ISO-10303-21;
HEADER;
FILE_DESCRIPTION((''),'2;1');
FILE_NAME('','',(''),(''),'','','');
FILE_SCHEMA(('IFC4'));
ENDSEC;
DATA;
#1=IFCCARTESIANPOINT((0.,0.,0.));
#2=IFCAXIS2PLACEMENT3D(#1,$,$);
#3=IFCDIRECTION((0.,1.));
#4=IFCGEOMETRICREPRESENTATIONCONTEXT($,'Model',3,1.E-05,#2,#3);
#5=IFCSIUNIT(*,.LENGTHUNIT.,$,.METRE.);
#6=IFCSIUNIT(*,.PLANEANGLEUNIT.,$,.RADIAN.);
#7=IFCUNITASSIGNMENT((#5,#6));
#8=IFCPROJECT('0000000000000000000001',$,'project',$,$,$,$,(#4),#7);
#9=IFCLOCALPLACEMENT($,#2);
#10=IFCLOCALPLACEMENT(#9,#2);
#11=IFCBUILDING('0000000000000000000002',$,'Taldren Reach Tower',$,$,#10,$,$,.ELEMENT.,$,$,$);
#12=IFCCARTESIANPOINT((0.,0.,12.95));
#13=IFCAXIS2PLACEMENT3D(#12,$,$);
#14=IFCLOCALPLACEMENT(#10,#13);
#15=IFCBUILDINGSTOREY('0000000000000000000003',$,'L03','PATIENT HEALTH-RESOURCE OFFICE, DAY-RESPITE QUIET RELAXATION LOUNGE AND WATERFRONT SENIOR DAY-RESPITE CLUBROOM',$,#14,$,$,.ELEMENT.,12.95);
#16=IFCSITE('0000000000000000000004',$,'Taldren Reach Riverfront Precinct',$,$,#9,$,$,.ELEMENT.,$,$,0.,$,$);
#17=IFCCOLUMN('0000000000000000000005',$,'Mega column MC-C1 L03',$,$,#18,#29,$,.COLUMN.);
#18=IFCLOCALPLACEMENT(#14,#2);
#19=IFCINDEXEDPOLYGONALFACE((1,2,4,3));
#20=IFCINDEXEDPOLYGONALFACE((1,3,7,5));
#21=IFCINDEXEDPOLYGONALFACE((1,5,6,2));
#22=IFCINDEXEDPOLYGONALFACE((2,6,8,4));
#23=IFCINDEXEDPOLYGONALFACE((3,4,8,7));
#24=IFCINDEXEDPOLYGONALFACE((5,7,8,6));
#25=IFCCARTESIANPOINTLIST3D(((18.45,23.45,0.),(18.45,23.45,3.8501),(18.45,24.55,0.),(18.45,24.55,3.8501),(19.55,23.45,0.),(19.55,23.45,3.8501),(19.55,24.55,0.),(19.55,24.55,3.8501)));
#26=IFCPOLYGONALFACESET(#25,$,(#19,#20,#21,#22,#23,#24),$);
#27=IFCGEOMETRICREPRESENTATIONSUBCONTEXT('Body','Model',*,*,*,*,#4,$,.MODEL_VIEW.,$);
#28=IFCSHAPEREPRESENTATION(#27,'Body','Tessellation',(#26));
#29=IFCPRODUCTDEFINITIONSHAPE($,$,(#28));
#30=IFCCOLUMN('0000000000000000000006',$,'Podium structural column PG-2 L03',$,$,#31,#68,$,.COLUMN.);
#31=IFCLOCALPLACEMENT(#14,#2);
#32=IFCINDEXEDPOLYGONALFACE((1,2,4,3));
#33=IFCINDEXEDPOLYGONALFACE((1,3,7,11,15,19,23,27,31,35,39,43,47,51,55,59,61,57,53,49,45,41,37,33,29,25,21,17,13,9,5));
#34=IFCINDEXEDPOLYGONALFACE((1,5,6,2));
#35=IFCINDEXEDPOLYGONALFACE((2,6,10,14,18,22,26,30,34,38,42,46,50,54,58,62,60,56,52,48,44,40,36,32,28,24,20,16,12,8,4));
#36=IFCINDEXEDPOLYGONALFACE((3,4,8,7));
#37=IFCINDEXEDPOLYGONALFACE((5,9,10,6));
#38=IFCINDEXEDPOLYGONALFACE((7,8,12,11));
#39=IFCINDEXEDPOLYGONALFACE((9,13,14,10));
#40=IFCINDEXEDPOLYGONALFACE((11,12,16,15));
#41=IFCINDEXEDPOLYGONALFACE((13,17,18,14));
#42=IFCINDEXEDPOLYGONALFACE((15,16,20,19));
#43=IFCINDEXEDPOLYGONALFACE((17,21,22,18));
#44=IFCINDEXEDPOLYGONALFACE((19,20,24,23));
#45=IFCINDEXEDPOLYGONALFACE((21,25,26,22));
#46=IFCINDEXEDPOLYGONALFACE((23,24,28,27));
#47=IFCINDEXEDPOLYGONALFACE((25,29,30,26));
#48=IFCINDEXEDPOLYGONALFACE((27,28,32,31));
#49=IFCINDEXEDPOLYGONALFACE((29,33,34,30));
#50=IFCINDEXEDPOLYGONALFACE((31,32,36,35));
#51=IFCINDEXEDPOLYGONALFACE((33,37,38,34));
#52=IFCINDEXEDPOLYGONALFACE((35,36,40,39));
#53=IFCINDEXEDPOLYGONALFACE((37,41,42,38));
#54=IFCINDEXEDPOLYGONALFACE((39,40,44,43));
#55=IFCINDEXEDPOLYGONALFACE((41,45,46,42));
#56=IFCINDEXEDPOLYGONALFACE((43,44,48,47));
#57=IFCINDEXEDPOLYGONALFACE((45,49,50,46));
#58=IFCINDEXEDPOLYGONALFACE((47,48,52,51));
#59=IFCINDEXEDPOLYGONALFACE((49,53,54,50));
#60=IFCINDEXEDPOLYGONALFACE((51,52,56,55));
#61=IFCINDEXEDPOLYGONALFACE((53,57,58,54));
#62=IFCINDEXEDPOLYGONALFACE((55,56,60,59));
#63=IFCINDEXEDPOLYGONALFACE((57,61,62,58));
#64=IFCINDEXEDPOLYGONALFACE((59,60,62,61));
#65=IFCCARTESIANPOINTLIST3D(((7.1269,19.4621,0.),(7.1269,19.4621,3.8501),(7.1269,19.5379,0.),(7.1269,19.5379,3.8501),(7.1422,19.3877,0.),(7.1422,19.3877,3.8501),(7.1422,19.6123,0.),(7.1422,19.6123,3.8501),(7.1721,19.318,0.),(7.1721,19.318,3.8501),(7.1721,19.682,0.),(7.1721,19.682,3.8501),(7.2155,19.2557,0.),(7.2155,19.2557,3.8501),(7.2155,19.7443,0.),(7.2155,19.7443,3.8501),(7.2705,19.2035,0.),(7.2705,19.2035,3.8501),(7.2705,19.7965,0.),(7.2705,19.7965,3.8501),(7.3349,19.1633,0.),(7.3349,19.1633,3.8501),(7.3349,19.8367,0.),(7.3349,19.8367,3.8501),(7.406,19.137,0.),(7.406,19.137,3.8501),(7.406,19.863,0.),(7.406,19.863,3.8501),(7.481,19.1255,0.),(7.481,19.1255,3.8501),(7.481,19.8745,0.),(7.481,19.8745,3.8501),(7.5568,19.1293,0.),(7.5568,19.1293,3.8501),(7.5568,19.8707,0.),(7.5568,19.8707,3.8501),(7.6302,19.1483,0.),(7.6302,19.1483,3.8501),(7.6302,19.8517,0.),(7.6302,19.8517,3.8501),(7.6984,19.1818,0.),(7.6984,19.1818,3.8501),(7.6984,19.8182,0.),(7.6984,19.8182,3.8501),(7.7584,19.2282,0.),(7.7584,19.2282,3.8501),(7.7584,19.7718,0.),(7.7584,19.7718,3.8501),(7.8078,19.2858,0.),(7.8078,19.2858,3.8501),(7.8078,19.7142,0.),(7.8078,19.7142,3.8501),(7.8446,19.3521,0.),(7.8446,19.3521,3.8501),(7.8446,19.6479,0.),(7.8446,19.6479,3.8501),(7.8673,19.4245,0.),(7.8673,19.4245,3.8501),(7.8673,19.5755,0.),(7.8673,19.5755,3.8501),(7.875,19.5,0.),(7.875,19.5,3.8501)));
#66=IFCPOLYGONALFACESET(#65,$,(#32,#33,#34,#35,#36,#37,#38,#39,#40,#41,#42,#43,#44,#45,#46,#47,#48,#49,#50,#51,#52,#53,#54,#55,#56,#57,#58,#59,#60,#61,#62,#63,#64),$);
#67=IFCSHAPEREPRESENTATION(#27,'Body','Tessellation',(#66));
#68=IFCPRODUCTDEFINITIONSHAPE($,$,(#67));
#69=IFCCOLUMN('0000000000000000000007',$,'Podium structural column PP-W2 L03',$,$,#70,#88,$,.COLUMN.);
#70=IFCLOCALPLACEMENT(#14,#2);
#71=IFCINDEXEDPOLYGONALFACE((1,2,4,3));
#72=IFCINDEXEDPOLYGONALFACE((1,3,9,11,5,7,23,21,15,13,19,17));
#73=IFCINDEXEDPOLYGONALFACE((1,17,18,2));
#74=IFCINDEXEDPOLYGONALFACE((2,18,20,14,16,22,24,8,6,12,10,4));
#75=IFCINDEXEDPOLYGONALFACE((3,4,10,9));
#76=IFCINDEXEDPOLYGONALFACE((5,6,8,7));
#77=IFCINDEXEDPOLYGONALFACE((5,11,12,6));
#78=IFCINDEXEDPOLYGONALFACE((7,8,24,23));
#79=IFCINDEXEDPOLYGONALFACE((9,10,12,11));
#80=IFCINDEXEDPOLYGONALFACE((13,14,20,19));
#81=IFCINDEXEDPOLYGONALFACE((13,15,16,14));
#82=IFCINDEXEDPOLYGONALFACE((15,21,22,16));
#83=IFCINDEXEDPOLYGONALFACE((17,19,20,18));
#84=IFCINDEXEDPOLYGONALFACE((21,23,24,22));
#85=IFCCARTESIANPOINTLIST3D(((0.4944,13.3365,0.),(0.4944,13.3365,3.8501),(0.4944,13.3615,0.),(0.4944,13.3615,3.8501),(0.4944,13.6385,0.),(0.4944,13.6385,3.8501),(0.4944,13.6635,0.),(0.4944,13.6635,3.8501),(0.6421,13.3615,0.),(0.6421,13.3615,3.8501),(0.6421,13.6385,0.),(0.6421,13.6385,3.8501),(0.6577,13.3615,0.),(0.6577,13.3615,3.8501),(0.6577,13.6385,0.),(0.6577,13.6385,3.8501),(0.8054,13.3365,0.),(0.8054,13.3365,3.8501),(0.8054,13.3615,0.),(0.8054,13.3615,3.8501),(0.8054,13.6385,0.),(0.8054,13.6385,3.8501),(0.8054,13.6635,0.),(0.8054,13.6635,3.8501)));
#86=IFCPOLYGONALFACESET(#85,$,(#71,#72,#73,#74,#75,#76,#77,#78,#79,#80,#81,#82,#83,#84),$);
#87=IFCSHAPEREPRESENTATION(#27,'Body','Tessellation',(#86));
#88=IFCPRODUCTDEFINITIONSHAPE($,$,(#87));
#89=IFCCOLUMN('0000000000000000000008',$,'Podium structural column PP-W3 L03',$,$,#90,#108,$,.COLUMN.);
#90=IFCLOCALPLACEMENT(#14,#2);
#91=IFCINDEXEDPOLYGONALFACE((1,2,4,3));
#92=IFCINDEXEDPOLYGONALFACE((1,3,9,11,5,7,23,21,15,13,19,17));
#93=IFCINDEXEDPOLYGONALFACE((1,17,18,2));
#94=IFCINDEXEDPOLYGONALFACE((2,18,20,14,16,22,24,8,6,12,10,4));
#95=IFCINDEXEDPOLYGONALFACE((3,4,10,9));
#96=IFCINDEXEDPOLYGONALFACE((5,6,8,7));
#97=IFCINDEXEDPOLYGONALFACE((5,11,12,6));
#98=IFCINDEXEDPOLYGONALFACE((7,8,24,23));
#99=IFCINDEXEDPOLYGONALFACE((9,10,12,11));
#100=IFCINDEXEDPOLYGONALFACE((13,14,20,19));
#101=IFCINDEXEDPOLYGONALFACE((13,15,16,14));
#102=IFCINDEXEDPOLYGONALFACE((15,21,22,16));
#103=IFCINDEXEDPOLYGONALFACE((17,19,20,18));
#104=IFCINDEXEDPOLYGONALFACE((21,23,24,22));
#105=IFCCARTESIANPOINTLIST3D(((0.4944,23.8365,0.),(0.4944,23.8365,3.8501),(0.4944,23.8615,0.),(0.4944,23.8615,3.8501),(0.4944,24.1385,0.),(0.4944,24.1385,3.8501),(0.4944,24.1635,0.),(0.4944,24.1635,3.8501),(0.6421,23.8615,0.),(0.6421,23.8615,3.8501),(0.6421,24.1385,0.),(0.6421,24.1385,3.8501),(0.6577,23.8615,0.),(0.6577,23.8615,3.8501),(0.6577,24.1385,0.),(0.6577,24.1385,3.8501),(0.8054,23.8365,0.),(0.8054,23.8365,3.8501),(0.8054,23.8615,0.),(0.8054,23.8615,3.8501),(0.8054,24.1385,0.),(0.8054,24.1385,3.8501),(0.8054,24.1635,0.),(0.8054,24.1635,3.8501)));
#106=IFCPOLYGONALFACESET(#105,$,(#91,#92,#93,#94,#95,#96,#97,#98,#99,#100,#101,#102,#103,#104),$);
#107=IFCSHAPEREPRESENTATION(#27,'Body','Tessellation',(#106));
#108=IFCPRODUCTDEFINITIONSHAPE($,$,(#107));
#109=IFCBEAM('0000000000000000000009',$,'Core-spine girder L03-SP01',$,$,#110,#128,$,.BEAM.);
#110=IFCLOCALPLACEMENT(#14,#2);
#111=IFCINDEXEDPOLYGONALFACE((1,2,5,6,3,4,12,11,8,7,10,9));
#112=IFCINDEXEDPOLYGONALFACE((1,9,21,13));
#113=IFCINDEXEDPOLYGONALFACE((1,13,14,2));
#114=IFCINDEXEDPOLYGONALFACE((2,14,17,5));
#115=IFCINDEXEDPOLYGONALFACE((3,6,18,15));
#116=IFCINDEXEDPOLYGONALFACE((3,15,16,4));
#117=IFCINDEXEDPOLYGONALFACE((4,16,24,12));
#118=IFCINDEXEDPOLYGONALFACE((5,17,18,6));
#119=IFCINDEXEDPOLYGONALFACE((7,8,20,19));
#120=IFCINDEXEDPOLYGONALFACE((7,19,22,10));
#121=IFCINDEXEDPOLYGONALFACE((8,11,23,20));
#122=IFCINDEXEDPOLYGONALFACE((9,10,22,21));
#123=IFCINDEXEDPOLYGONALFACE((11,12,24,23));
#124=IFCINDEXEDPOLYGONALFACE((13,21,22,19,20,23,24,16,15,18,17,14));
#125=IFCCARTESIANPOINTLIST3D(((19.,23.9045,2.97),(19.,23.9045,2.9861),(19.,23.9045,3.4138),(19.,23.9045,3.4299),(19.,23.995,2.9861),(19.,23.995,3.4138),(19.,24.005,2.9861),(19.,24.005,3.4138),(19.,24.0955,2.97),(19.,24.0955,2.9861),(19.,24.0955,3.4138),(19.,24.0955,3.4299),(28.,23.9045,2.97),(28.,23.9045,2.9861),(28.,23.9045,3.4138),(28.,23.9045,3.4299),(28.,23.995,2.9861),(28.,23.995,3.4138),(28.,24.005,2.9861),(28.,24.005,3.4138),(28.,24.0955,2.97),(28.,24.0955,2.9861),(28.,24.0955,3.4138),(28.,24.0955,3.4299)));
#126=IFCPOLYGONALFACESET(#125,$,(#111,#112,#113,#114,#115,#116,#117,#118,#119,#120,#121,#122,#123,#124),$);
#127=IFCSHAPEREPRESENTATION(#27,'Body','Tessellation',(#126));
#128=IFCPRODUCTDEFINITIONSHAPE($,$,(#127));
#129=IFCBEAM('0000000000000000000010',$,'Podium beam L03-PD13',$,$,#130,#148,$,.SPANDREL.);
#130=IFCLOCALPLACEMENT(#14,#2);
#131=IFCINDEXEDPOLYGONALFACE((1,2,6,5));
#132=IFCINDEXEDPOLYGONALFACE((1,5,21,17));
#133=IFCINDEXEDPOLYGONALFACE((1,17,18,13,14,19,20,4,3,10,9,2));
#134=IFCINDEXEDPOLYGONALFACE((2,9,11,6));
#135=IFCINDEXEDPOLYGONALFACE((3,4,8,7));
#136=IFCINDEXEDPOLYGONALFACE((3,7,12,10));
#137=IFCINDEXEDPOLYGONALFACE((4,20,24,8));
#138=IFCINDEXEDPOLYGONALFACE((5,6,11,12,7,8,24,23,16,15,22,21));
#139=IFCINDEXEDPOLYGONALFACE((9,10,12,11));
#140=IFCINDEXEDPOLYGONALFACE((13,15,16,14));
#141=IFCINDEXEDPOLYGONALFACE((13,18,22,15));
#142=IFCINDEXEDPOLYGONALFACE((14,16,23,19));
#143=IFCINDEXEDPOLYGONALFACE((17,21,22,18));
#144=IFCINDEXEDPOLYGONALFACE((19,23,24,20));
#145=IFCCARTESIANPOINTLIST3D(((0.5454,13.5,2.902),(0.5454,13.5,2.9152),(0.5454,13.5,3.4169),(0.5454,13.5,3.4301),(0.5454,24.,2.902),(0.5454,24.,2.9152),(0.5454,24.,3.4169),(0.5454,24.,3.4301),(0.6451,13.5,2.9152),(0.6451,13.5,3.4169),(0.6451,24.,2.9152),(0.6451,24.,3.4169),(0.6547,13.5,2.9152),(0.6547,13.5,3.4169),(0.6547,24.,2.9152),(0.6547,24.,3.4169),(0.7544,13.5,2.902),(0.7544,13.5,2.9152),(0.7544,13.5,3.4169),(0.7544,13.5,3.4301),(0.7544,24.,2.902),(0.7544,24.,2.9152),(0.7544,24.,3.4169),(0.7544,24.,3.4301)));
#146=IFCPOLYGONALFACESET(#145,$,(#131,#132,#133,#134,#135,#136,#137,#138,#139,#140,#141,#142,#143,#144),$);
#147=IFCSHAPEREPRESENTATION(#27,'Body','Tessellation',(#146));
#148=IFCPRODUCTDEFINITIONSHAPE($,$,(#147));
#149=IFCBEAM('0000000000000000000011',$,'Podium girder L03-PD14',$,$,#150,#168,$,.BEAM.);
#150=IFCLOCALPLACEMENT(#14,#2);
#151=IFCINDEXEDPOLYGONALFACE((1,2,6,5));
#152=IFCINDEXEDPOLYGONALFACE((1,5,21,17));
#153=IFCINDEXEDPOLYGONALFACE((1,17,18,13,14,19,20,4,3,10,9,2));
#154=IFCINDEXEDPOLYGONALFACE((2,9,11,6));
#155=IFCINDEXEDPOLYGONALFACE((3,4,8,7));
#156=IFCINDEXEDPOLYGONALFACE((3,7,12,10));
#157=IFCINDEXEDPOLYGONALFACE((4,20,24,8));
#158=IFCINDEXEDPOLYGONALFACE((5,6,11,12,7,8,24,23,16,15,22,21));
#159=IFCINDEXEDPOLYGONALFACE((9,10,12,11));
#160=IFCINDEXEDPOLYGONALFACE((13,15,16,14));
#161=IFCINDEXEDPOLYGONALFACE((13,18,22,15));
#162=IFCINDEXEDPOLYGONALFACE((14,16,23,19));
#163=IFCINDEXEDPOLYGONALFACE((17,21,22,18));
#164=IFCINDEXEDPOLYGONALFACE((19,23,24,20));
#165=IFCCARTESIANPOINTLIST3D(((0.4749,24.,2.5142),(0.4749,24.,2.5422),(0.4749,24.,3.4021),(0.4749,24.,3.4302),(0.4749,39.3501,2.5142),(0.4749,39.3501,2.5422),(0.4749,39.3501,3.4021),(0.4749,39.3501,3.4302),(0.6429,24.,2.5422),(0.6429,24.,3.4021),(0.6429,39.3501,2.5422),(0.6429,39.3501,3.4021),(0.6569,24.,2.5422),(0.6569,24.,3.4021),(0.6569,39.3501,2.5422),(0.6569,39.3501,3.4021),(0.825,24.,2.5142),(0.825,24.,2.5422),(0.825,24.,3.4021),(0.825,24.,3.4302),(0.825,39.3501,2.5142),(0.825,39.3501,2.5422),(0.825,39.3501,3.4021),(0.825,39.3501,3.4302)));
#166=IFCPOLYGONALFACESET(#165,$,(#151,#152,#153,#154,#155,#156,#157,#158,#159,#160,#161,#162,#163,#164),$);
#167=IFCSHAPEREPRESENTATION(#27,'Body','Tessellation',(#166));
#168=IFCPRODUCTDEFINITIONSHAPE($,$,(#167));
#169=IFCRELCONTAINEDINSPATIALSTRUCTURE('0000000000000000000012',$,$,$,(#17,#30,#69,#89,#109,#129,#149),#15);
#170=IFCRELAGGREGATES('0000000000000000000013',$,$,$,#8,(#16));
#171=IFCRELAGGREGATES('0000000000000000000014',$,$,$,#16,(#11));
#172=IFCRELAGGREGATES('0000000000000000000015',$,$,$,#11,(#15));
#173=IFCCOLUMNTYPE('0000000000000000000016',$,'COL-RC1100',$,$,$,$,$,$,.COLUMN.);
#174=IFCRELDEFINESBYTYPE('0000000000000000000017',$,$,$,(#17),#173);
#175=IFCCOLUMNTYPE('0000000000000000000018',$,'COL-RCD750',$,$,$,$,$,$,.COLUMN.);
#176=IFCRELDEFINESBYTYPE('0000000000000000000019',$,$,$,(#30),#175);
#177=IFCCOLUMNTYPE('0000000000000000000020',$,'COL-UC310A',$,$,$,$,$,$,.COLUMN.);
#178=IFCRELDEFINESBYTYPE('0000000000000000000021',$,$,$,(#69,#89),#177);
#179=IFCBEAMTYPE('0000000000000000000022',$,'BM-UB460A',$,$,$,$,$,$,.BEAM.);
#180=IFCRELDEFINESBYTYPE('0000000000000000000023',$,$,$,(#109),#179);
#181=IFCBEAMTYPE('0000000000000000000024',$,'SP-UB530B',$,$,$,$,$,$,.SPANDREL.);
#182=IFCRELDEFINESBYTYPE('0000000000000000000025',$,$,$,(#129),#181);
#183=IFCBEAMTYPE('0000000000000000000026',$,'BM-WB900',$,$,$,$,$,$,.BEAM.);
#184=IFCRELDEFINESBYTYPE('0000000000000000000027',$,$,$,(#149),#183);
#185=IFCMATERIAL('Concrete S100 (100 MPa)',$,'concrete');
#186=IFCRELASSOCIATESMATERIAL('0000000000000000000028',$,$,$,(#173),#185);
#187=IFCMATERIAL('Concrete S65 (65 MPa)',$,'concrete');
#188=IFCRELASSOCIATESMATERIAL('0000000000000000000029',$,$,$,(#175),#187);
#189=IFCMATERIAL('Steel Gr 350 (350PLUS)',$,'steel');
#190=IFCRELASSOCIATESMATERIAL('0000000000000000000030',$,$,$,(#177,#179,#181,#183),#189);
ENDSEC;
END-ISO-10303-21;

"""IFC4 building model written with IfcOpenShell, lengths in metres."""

from ifc_helpers import new_model, si_unit, direction, frame, origin, origin_2d, place, context, subcontext, project, spatial, rectangle, circle, i_section, extrude, source, transform, mapped, material, material_profile, profile_set, type_object, element, save


model = new_model("IFC4")

# Units and contexts
model_context = context("Model", 3, precision=1e-05, world=origin(), true_north=direction((0.0, 1.0)))
body_context = subcontext(model_context, "Body", "Model", "MODEL_VIEW")
ifc_project = project(units=[si_unit("LENGTHUNIT", "METRE"), si_unit("PLANEANGLEUNIT", "RADIAN")], contexts=[model_context])

# Site, building, storey
site_placement = place(None, origin())
site = spatial("IfcSite", under=ifc_project, at=site_placement, Name="Taldren Reach Riverfront Precinct", CompositionType="ELEMENT", RefElevation=0.0)
building_placement = place(site_placement, origin())
building = spatial("IfcBuilding", under=site, at=building_placement, Name="Taldren Reach Tower", CompositionType="ELEMENT")
storey_placement = place(building_placement, frame((0.0, 0.0, 12.95)))
storey = spatial("IfcBuildingStorey", under=building, at=storey_placement, Name="L03", Description="PATIENT HEALTH-RESOURCE OFFICE, DAY-RESPITE QUIET RELAXATION LOUNGE AND WATERFRONT SENIOR DAY-RESPITE CLUBROOM", CompositionType="ELEMENT", Elevation=12.95)

# Columns
ifc_material_1 = material(Name="Concrete S100 (100 MPa)", Category="concrete")
ifc_material_profile_1 = material_profile(ifc_material_1, rectangle(XDim=1.1001, YDim=1.1001, at=origin_2d()), Name="RC-1100x1100")
ifc_profile_set_1 = profile_set([ifc_material_profile_1], Name="Concrete S100 (100 MPa)")
column_type_1 = type_object("IfcColumnType", Name="COL-RC1100", PredefinedType="COLUMN", material=ifc_profile_set_1)
shared_shape_1 = source(origin(), body_context, "Body", "SweptSolid", [
    extrude(rectangle(XDim=1.1001, YDim=1.1001, at=origin_2d()), origin(), (0.0, 0.0, 1.0), 3.8501),
])
column_1_placement = place(storey_placement, frame((19.0, 24.0, 0.0), z_axis=(0.0, 0.0, 1.0), x_axis=(1.0, 0.0, 0.0)))
element("IfcColumn", 1, at=column_1_placement, inside=storey, type_object=column_type_1, Name="Mega column MC-C1 L03", PredefinedType="COLUMN", context=body_context, shape_type="MappedRepresentation", body=[
    mapped(shared_shape_1, transform((0.0, 0.0, 0.0), scale=1.0)),
])
ifc_material_2 = material(Name="Concrete S65 (65 MPa)", Category="concrete")
ifc_material_profile_2 = material_profile(ifc_material_2, circle(Radius=0.375, at=origin_2d()), Name="RC-750D")
ifc_profile_set_2 = profile_set([ifc_material_profile_2], Name="Concrete S65 (65 MPa)")
column_type_2 = type_object("IfcColumnType", Name="COL-RCD750", PredefinedType="COLUMN", material=ifc_profile_set_2)
shared_shape_2 = source(origin(), body_context, "Body", "SweptSolid", [
    extrude(circle(Radius=0.375, at=origin_2d()), origin(), (0.0, 0.0, 1.0), 3.8501),
])
column_2_placement = place(storey_placement, frame((7.5, 19.5, 0.0), z_axis=(0.0, 0.0, 1.0), x_axis=(1.0, 0.0, 0.0)))
element("IfcColumn", 2, at=column_2_placement, inside=storey, type_object=column_type_2, Name="Podium structural column PG-2 L03", PredefinedType="COLUMN", context=body_context, shape_type="MappedRepresentation", body=[
    mapped(shared_shape_2, transform((0.0, 0.0, 0.0), scale=1.0)),
])
ifc_material_3 = material(Name="Steel Gr 350 (350PLUS)", Category="steel")
ifc_material_profile_3 = material_profile(ifc_material_3, i_section(OverallWidth=0.311, OverallDepth=0.3269, WebThickness=0.0156, FlangeThickness=0.0249, at=origin_2d()), Name="310UC158")
ifc_profile_set_3 = profile_set([ifc_material_profile_3], Name="Steel Gr 350 (350PLUS)")
column_type_3 = type_object("IfcColumnType", Name="COL-UC310A", PredefinedType="COLUMN", material=ifc_profile_set_3)
shared_shape_3 = source(origin(), body_context, "Body", "SweptSolid", [
    extrude(i_section(OverallWidth=0.311, OverallDepth=0.3269, WebThickness=0.0156, FlangeThickness=0.0249, at=origin_2d()), origin(), (0.0, 0.0, 1.0), 3.8501),
])
for number, where, z_axis, x_axis, name in (
    (3, (0.6499, 13.5, 0.0), (0.0, 0.0, 1.0), (1.0, 0.0, 0.0), "Podium structural column PP-W2 L03"),
    (4, (0.6499, 24.0, 0.0), (0.0, 0.0, 1.0), (1.0, 0.0, 0.0), "Podium structural column PP-W3 L03"),
):
    element("IfcColumn", number, at=place(storey_placement, frame(where, z_axis=z_axis, x_axis=x_axis)), inside=storey, type_object=column_type_3, Name=name, PredefinedType="COLUMN", context=body_context, shape_type="MappedRepresentation", body=[
        mapped(shared_shape_3, transform((0.0, 0.0, 0.0), scale=1.0)),
    ])

# Beams
ifc_material_profile_4 = material_profile(ifc_material_3, i_section(OverallWidth=0.1909, OverallDepth=0.46, WebThickness=0.01, FlangeThickness=0.0161, at=origin_2d()), Name="460UB82.1")
ifc_profile_set_4 = profile_set([ifc_material_profile_4], Name="Steel Gr 350 (350PLUS)")
beam_type_1 = type_object("IfcBeamType", Name="BM-UB460A", PredefinedType="BEAM", material=ifc_profile_set_4)
shared_shape_4 = source(origin(), body_context, "Body", "SweptSolid", [
    extrude(i_section(OverallWidth=0.1909, OverallDepth=0.46, WebThickness=0.01, FlangeThickness=0.0161, at=origin_2d()), origin(), (0.0, 0.0, 1.0), 9.0),
])
beam_1_placement = place(storey_placement, frame((19.0, 24.0, 3.2), z_axis=(1.0, 0.0, 0.0), x_axis=(0.0, 1.0, 0.0)))
element("IfcBeam", 5, at=beam_1_placement, inside=storey, type_object=beam_type_1, Name="Core-spine girder L03-SP01", PredefinedType="BEAM", context=body_context, shape_type="MappedRepresentation", body=[
    mapped(shared_shape_4, transform((0.0, 0.0, 0.0), scale=1.0)),
])
ifc_material_profile_5 = material_profile(ifc_material_3, i_section(OverallWidth=0.209, OverallDepth=0.5281, WebThickness=0.0095, FlangeThickness=0.0132, at=origin_2d()), Name="530UB82.0")
ifc_profile_set_5 = profile_set([ifc_material_profile_5], Name="Steel Gr 350 (350PLUS)")
beam_type_2 = type_object("IfcBeamType", Name="SP-UB530B", PredefinedType="SPANDREL", material=ifc_profile_set_5)
shared_shape_5 = source(origin(), body_context, "Body", "SweptSolid", [
    extrude(i_section(OverallWidth=0.209, OverallDepth=0.5281, WebThickness=0.0095, FlangeThickness=0.0132, at=origin_2d()), origin(), (0.0, 0.0, 1.0), 10.5),
])
beam_2_placement = place(storey_placement, frame((0.6499, 13.5, 3.166), z_axis=(0.0, 1.0, 0.0), x_axis=(-1.0, 0.0, 0.0)))
element("IfcBeam", 6, at=beam_2_placement, inside=storey, type_object=beam_type_2, Name="Podium beam L03-PD13", PredefinedType="SPANDREL", context=body_context, shape_type="MappedRepresentation", body=[
    mapped(shared_shape_5, transform((0.0, 0.0, 0.0), scale=1.0)),
])
ifc_material_profile_6 = material_profile(ifc_material_3, i_section(OverallWidth=0.3501, OverallDepth=0.916, WebThickness=0.0139, FlangeThickness=0.0281, at=origin_2d()), Name="900WB257")
ifc_profile_set_6 = profile_set([ifc_material_profile_6], Name="Steel Gr 350 (350PLUS)")
beam_type_3 = type_object("IfcBeamType", Name="BM-WB900", PredefinedType="BEAM", material=ifc_profile_set_6)
shared_shape_6 = source(origin(), body_context, "Body", "SweptSolid", [
    extrude(i_section(OverallWidth=0.3501, OverallDepth=0.916, WebThickness=0.0139, FlangeThickness=0.0281, at=origin_2d()), origin(), (0.0, 0.0, 1.0), 15.3501),
])
beam_3_placement = place(storey_placement, frame((0.6499, 24.0, 2.9722), z_axis=(0.0, 1.0, 0.0), x_axis=(-1.0, 0.0, 0.0)))
element("IfcBeam", 7, at=beam_3_placement, inside=storey, type_object=beam_type_3, Name="Podium girder L03-PD14", PredefinedType="BEAM", context=body_context, shape_type="MappedRepresentation", body=[
    mapped(shared_shape_6, transform((0.0, 0.0, 0.0), scale=1.0)),
])

save(model, "model.ifc")
